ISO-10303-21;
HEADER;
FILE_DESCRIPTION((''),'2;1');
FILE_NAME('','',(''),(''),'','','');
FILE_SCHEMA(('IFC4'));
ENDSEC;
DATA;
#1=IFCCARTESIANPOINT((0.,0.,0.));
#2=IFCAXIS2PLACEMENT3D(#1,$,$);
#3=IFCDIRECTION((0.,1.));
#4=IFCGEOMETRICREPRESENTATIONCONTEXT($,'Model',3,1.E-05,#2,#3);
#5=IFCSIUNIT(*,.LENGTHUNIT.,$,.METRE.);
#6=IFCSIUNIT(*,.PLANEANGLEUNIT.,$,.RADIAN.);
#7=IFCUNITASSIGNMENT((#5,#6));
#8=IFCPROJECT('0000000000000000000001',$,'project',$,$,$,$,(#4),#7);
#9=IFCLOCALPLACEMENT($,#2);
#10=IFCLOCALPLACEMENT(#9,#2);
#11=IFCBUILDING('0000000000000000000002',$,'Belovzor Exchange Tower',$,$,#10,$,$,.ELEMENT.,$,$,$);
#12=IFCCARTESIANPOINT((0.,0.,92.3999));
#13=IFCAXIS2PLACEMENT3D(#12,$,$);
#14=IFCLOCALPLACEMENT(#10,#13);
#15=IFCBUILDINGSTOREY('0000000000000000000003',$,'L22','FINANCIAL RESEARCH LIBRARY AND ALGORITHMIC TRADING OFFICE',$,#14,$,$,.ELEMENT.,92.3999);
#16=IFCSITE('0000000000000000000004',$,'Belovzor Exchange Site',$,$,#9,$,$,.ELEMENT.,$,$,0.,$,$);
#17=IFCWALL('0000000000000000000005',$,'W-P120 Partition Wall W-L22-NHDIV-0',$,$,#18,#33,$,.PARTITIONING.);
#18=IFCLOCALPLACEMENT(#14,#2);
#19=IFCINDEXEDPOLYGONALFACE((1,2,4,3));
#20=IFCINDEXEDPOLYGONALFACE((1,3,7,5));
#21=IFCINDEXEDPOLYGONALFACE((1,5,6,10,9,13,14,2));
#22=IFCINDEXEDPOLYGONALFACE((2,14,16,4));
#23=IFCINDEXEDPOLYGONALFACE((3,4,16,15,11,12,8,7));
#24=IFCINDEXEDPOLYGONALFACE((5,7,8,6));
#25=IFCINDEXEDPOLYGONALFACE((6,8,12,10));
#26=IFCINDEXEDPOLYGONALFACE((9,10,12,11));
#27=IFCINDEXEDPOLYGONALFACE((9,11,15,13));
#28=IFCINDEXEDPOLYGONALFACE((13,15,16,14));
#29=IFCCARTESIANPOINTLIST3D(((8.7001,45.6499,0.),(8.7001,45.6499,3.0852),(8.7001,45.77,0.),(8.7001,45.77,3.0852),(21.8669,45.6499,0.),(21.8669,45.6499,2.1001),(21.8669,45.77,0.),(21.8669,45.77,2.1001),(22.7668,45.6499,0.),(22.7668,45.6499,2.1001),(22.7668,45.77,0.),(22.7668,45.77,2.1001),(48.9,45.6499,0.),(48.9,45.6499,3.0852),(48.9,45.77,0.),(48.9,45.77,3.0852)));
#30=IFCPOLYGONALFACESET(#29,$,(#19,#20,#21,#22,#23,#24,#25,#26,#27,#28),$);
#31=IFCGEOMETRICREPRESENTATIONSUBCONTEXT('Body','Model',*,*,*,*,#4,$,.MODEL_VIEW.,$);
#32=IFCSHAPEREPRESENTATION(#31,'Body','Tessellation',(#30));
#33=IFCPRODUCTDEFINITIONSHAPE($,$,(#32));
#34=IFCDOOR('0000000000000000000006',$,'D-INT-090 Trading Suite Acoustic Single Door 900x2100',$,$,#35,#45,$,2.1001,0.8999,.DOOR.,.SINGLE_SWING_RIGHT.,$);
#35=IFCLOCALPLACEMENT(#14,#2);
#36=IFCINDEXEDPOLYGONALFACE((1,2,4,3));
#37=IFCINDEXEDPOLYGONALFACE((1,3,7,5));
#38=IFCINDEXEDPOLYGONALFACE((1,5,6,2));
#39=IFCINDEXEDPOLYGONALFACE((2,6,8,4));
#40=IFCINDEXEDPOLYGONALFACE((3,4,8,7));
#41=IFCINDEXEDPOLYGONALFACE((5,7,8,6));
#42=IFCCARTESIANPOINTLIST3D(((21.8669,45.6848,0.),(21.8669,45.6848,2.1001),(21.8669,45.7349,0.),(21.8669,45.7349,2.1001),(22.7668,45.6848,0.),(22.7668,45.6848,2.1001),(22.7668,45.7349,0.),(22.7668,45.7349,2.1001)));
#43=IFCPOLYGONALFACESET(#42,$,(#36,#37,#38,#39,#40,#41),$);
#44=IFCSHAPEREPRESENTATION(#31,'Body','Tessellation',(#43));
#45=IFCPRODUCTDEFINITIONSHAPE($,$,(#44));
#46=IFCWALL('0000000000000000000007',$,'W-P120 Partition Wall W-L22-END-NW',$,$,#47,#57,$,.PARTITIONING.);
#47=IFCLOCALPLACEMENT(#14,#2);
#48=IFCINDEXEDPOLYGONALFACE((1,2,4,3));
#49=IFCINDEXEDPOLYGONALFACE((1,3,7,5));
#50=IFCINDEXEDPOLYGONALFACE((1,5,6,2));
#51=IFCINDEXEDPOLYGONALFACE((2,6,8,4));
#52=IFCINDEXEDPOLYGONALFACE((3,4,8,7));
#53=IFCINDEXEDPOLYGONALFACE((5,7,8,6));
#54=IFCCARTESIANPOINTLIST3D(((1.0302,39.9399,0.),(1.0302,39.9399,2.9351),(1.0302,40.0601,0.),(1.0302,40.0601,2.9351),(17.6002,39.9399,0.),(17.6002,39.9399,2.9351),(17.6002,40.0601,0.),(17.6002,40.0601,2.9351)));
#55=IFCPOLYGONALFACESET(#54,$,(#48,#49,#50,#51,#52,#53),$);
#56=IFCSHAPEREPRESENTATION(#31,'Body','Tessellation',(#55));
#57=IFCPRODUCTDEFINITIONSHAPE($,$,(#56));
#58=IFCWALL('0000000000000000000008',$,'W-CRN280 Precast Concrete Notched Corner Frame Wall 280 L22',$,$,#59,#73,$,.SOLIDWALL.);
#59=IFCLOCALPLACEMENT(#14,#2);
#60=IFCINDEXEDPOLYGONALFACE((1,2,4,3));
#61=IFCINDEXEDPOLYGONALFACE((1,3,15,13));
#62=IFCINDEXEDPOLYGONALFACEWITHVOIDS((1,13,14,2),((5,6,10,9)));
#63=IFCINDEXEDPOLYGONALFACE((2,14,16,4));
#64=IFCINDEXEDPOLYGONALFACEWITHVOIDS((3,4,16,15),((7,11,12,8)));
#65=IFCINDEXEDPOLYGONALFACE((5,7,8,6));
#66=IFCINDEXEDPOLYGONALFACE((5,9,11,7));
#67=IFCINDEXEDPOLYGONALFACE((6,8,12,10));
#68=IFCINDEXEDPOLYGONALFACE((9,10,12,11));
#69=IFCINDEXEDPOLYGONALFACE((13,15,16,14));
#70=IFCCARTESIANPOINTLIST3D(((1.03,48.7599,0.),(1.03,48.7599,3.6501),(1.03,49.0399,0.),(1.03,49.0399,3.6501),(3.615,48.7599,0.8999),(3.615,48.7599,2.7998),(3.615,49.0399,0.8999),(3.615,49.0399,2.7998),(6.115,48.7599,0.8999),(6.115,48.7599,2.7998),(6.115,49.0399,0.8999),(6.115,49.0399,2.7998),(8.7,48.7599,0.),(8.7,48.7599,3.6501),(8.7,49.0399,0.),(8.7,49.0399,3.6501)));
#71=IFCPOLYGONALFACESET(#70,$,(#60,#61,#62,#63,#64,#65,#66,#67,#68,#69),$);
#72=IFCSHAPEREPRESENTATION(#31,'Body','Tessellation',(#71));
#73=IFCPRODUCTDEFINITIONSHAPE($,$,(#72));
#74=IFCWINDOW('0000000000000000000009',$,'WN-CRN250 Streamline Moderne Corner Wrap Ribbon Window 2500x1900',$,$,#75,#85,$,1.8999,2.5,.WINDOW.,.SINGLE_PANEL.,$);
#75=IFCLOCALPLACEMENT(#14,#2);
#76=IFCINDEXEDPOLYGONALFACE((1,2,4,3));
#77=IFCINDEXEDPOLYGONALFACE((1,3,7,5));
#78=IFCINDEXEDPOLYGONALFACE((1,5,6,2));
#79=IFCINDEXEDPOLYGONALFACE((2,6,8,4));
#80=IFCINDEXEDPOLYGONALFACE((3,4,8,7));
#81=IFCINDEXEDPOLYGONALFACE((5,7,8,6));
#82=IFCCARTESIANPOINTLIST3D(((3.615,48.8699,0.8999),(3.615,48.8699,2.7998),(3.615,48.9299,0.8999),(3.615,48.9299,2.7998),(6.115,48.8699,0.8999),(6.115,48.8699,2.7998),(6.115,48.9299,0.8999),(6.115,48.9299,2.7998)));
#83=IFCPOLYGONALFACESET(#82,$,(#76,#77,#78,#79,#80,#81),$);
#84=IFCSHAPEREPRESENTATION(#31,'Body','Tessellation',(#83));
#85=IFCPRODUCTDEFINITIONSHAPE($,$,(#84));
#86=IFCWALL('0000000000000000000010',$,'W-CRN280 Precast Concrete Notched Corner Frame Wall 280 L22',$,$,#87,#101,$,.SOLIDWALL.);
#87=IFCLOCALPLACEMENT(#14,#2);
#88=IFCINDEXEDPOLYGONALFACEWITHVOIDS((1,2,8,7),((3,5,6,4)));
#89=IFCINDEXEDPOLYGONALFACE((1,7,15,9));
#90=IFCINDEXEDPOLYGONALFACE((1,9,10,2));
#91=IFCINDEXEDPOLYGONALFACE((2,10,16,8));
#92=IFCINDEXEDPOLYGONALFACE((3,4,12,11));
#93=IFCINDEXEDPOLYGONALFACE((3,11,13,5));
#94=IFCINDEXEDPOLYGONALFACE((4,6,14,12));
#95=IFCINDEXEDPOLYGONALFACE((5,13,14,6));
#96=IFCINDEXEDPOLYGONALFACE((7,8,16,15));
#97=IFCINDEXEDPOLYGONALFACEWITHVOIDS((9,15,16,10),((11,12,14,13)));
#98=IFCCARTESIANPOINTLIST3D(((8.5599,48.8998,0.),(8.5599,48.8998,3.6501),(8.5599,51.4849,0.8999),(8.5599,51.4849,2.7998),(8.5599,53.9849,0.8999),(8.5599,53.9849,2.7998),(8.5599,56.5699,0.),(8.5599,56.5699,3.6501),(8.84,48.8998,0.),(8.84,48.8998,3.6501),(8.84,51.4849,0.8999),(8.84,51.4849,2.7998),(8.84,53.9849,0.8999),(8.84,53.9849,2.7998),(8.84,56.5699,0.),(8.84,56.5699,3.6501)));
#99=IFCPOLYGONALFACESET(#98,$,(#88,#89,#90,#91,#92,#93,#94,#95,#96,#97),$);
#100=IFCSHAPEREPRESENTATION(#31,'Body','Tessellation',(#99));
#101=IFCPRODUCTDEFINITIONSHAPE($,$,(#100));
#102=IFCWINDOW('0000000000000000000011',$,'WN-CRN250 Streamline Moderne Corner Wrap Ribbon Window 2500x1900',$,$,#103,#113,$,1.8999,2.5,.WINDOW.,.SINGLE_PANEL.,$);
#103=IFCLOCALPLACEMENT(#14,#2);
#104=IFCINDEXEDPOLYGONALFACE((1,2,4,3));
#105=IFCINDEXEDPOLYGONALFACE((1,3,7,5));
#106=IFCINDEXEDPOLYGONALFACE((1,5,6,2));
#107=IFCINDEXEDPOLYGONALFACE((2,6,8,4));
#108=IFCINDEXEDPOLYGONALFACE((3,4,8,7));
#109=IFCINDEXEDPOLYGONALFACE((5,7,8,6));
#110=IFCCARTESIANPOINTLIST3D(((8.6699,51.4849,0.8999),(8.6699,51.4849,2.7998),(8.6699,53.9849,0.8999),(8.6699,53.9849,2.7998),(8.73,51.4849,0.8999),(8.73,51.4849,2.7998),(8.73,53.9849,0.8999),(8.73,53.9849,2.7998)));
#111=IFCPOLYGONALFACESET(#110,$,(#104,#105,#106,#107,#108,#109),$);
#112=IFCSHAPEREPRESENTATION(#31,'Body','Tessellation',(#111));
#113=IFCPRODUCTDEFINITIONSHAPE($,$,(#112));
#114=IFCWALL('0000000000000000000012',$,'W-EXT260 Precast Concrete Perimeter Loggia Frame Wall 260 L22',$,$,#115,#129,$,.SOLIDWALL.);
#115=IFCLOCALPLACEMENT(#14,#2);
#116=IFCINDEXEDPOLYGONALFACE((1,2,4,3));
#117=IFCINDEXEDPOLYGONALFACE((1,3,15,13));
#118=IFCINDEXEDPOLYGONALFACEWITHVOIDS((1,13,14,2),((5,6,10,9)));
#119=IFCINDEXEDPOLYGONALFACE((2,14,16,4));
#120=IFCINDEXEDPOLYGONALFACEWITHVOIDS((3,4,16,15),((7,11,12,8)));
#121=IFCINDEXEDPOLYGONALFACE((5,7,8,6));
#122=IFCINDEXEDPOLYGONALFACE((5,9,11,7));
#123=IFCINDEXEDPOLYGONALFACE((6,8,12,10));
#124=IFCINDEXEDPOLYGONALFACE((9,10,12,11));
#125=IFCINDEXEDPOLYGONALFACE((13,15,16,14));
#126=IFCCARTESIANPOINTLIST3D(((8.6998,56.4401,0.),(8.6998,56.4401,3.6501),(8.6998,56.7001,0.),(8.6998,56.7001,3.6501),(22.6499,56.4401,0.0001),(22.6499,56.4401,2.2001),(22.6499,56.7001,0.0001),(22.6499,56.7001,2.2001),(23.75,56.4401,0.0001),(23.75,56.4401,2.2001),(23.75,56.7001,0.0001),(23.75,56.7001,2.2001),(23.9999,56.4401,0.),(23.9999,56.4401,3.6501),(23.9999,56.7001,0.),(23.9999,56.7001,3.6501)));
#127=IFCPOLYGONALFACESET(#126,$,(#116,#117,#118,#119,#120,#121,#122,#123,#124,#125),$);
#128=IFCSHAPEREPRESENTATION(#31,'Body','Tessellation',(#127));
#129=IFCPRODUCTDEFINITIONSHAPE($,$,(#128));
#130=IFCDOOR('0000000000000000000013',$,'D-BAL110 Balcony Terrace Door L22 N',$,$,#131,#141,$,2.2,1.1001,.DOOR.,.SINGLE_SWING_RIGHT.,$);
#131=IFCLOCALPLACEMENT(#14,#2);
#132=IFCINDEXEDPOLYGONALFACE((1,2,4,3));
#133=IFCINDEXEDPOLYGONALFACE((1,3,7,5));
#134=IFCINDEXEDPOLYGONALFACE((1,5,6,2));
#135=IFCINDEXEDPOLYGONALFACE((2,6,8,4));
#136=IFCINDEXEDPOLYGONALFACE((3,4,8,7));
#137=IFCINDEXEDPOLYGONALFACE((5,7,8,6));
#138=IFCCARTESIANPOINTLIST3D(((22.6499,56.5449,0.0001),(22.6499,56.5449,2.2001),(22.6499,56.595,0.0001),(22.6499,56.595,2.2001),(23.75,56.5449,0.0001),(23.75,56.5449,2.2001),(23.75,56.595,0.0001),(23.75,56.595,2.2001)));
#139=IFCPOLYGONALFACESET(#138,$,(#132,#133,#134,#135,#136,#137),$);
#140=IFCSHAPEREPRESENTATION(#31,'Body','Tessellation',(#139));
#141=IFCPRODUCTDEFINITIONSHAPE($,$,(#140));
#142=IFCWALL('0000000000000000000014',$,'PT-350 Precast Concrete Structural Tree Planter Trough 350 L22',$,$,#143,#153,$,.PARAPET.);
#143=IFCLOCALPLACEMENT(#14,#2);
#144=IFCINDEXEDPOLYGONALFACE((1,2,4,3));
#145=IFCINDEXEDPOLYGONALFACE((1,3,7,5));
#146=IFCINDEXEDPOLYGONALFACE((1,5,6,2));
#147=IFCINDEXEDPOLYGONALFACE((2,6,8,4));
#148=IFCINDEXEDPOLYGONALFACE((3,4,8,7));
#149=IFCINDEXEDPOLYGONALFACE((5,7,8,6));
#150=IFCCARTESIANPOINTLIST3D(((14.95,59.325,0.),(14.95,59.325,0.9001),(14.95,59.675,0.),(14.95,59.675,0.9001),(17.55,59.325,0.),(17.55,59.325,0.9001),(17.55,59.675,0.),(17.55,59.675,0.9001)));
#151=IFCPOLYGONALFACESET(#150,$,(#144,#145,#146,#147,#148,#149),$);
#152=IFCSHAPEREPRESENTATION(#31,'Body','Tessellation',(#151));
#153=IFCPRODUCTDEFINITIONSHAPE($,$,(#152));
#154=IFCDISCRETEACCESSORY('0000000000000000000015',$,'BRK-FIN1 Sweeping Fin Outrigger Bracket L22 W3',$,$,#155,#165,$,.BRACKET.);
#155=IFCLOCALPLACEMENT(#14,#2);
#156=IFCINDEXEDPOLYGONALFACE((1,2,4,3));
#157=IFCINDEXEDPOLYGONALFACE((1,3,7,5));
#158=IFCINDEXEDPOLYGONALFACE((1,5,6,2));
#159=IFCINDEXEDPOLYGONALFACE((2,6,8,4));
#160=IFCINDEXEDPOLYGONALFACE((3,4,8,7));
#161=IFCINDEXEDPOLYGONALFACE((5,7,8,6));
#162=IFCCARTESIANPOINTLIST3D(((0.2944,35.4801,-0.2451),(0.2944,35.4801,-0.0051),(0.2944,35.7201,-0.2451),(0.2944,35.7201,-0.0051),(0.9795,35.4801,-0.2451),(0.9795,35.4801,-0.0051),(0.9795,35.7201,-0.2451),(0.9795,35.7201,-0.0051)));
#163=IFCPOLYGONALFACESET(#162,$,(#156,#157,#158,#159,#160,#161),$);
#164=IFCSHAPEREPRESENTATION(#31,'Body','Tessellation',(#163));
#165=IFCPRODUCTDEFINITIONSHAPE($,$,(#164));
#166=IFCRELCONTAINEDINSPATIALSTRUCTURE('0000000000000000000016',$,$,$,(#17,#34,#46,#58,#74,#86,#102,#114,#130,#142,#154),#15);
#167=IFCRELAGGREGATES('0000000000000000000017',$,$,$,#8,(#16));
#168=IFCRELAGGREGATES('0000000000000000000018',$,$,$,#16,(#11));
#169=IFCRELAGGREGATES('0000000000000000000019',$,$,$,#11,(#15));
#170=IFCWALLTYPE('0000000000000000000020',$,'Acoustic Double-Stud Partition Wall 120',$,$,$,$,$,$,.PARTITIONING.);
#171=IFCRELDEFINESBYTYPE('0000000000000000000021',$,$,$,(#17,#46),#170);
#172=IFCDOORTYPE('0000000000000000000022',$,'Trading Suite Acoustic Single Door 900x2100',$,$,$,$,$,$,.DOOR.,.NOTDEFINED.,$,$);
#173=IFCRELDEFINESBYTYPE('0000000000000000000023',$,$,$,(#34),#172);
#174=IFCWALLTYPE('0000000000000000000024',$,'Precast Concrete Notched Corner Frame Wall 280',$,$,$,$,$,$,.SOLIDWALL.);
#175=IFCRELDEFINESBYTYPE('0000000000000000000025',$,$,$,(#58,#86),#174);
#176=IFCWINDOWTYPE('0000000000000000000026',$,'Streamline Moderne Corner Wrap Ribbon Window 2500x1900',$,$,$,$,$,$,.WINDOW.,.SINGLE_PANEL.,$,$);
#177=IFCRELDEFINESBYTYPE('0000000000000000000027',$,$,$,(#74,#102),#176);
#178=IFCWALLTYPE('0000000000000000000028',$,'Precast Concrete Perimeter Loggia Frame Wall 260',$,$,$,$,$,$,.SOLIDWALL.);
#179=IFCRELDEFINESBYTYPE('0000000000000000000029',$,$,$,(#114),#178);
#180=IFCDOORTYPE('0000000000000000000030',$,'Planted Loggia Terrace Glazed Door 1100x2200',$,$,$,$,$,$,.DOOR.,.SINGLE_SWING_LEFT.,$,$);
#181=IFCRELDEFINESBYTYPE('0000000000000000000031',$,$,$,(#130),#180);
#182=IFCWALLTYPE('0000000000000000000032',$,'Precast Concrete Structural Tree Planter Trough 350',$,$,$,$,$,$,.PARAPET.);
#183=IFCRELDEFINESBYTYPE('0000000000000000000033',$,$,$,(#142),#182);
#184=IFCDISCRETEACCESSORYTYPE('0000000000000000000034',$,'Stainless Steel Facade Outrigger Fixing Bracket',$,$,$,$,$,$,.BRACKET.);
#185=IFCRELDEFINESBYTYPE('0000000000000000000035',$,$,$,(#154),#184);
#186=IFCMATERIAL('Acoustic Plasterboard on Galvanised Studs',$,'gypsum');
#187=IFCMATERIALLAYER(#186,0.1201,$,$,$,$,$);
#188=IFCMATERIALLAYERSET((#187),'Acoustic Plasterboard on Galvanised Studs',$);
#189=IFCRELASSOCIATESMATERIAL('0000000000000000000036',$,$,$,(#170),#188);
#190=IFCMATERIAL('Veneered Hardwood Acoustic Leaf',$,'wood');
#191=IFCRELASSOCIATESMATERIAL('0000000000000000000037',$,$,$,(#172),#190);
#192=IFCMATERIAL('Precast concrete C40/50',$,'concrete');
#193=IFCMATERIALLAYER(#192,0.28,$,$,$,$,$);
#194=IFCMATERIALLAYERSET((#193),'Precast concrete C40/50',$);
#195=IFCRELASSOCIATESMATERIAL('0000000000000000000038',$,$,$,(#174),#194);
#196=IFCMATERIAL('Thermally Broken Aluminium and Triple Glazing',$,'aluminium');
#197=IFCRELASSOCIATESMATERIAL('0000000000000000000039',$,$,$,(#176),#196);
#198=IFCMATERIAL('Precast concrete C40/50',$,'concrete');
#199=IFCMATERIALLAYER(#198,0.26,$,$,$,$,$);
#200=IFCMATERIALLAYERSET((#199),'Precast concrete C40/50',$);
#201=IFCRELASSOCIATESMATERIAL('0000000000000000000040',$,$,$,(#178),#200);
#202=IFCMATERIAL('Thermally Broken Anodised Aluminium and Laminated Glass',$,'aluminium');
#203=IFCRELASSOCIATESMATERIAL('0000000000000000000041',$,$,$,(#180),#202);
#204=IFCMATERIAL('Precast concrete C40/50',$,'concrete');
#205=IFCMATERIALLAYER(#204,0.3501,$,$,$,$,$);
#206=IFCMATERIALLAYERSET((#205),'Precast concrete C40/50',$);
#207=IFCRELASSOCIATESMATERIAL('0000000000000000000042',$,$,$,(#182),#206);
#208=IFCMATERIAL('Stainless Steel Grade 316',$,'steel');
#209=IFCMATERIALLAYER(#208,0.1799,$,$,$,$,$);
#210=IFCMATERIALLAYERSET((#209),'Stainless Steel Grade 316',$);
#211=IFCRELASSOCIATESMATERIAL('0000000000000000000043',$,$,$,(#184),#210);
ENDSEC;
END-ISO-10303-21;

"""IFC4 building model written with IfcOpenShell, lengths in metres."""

from ifc_helpers import new_model, si_unit, direction, frame, frame_2d, origin, origin_2d, place, context, subcontext, project, spatial, rectangle, extrude, material, layer, layer_set, type_object, element, fill, save


model = new_model("IFC4")

# Units and contexts
model_context = context("Model", 3, precision=1e-05, world=origin(), true_north=direction((0.0, 1.0)))
body_context = subcontext(model_context, "Body", "Model", "MODEL_VIEW")
ifc_project = project(units=[si_unit("LENGTHUNIT", "METRE"), si_unit("PLANEANGLEUNIT", "RADIAN")], contexts=[model_context])

# Site, building, storey
site_placement = place(None, origin())
site = spatial("IfcSite", under=ifc_project, at=site_placement, Name="Belovzor Exchange Site", CompositionType="ELEMENT", RefElevation=0.0)
building_placement = place(site_placement, origin())
building = spatial("IfcBuilding", under=site, at=building_placement, Name="Belovzor Exchange Tower", CompositionType="ELEMENT")
storey_placement = place(building_placement, frame((0.0, 0.0, 92.3999)))
storey = spatial("IfcBuildingStorey", under=building, at=storey_placement, Name="L22", Description="FINANCIAL RESEARCH LIBRARY AND ALGORITHMIC TRADING OFFICE", CompositionType="ELEMENT", Elevation=92.3999)

# Wall, opening, door
ifc_material_1 = material(Name="Acoustic Plasterboard on Galvanised Studs", Category="gypsum")
ifc_layer_1 = layer(ifc_material_1, 0.1201)
ifc_layer_set_1 = layer_set([ifc_layer_1], Name="Acoustic Plasterboard on Galvanised Studs")
wall_type_1 = type_object("IfcWallType", Name="Acoustic Double-Stud Partition Wall 120", PredefinedType="PARTITIONING", material=ifc_layer_set_1)
wall_1_placement = place(storey_placement, frame((8.7, 45.71, 0.0), z_axis=(0.0, 0.0, 1.0), x_axis=(1.0, 0.0, 0.0)))
wall_1 = element("IfcWall", 1, at=wall_1_placement, inside=storey, type_object=wall_type_1, Name="W-P120 Partition Wall W-L22-NHDIV-0", PredefinedType="PARTITIONING", context=body_context, shape_type="SweptSolid", body=[
    extrude(rectangle(XDim=40.2, YDim=0.1201, at=frame_2d((20.1001, 0.0))), origin(), (0.0, 0.0, 1.0), 3.0852),
])
opening_1_placement = place(wall_1_placement, frame((13.167, 0.0, 0.0)))
opening_1 = element("IfcOpeningElement", 2, at=opening_1_placement, cuts=wall_1, PredefinedType="OPENING", context=body_context, shape_type="SweptSolid", body=[
    extrude(rectangle(XDim=0.8999, YDim=2.1001, at=frame_2d((0.45, 1.05))), frame((0.0, 0.0701, 0.0), z_axis=(0.0, -1.0, 0.0), x_axis=(1.0, 0.0, 0.0)), (0.0, 0.0, 1.0), 0.1401),
])
ifc_material_2 = material(Name="Veneered Hardwood Acoustic Leaf", Category="wood")
door_type_1 = type_object("IfcDoorType", Name="Trading Suite Acoustic Single Door 900x2100", OperationType="NOTDEFINED", PredefinedType="DOOR", material=ifc_material_2)
door_1_placement = place(opening_1_placement, origin())
door_1 = element("IfcDoor", 3, at=door_1_placement, inside=storey, type_object=door_type_1, Name="D-INT-090 Trading Suite Acoustic Single Door 900x2100", OperationType="SINGLE_SWING_RIGHT", OverallHeight=2.1001, OverallWidth=0.8999, PredefinedType="DOOR", context=body_context, shape_type="SweptSolid", body=[
    extrude(rectangle(XDim=0.8999, YDim=2.1001, at=frame_2d((0.45, 1.05))), frame((0.0, 0.0249, 0.0), z_axis=(0.0, -1.0, 0.0), x_axis=(1.0, 0.0, 0.0)), (0.0, 0.0, 1.0), 0.05),
])
fill(opening_1, door_1)

# Wall
wall_2_placement = place(storey_placement, frame((1.03, 40.0, 0.0), z_axis=(0.0, 0.0, 1.0), x_axis=(1.0, 0.0, 0.0)))
element("IfcWall", 4, at=wall_2_placement, inside=storey, type_object=wall_type_1, Name="W-P120 Partition Wall W-L22-END-NW", PredefinedType="PARTITIONING", context=body_context, shape_type="SweptSolid", body=[
    extrude(rectangle(XDim=16.5701, YDim=0.1201, at=frame_2d((8.2852, 0.0))), origin(), (0.0, 0.0, 1.0), 2.9351),
])

# Walls, openings, windows
ifc_material_3 = material(Name="Precast concrete C40/50", Category="concrete")
ifc_layer_2 = layer(ifc_material_3, 0.28)
ifc_layer_set_2 = layer_set([ifc_layer_2], Name="Precast concrete C40/50")
wall_type_2 = type_object("IfcWallType", Name="Precast Concrete Notched Corner Frame Wall 280", PredefinedType="SOLIDWALL", material=ifc_layer_set_2)
wall_3_placement = place(storey_placement, frame((1.03, 48.8999, 0.0), z_axis=(0.0, 0.0, 1.0), x_axis=(1.0, 0.0, 0.0)))
wall_3 = element("IfcWall", 5, at=wall_3_placement, inside=storey, type_object=wall_type_2, Name="W-CRN280 Precast Concrete Notched Corner Frame Wall 280 L22", PredefinedType="SOLIDWALL", context=body_context, shape_type="SweptSolid", body=[
    extrude(rectangle(XDim=7.6699, YDim=0.28, at=frame_2d((3.835, 0.0))), origin(), (0.0, 0.0, 1.0), 3.6501),
])
opening_2_placement = place(wall_3_placement, frame((2.585, 0.0, 0.8999)))
opening_2 = element("IfcOpeningElement", 6, at=opening_2_placement, cuts=wall_3, PredefinedType="OPENING", context=body_context, shape_type="SweptSolid", body=[
    extrude(rectangle(XDim=2.5, YDim=1.8999, at=frame_2d((1.25, 0.95))), frame((0.0, 0.1499, 0.0), z_axis=(0.0, -1.0, 0.0), x_axis=(1.0, 0.0, 0.0)), (0.0, 0.0, 1.0), 0.3),
])
ifc_material_4 = material(Name="Thermally Broken Aluminium and Triple Glazing", Category="aluminium")
window_type = type_object("IfcWindowType", Name="Streamline Moderne Corner Wrap Ribbon Window 2500x1900", PartitioningType="SINGLE_PANEL", PredefinedType="WINDOW", material=ifc_material_4)
window_1_placement = place(opening_2_placement, origin())
window_1 = element("IfcWindow", 7, at=window_1_placement, inside=storey, type_object=window_type, Name="WN-CRN250 Streamline Moderne Corner Wrap Ribbon Window 2500x1900", OverallHeight=1.8999, OverallWidth=2.5, PartitioningType="SINGLE_PANEL", PredefinedType="WINDOW", context=body_context, shape_type="SweptSolid", body=[
    extrude(rectangle(XDim=2.5, YDim=1.8999, at=frame_2d((1.25, 0.95))), frame((0.0, 0.03, 0.0), z_axis=(0.0, -1.0, 0.0), x_axis=(1.0, 0.0, 0.0)), (0.0, 0.0, 1.0), 0.0601),
])
fill(opening_2, window_1)
wall_4_placement = place(storey_placement, frame((8.7, 48.8999, 0.0), z_axis=(0.0, 0.0, 1.0), x_axis=(0.0, 1.0, 0.0)))
wall_4 = element("IfcWall", 8, at=wall_4_placement, inside=storey, type_object=wall_type_2, Name="W-CRN280 Precast Concrete Notched Corner Frame Wall 280 L22", PredefinedType="SOLIDWALL", context=body_context, shape_type="SweptSolid", body=[
    extrude(rectangle(XDim=7.6702, YDim=0.28, at=frame_2d((3.835, 0.0))), origin(), (0.0, 0.0, 1.0), 3.6501),
])
opening_3_placement = place(wall_4_placement, frame((2.585, 0.0, 0.8999)))
opening_3 = element("IfcOpeningElement", 9, at=opening_3_placement, cuts=wall_4, PredefinedType="OPENING", context=body_context, shape_type="SweptSolid", body=[
    extrude(rectangle(XDim=2.5, YDim=1.8999, at=frame_2d((1.25, 0.95))), frame((0.0, 0.1499, 0.0), z_axis=(0.0, -1.0, 0.0), x_axis=(1.0, 0.0, 0.0)), (0.0, 0.0, 1.0), 0.3),
])
window_2_placement = place(opening_3_placement, origin())
window_2 = element("IfcWindow", 10, at=window_2_placement, inside=storey, type_object=window_type, Name="WN-CRN250 Streamline Moderne Corner Wrap Ribbon Window 2500x1900", OverallHeight=1.8999, OverallWidth=2.5, PartitioningType="SINGLE_PANEL", PredefinedType="WINDOW", context=body_context, shape_type="SweptSolid", body=[
    extrude(rectangle(XDim=2.5, YDim=1.8999, at=frame_2d((1.25, 0.95))), frame((0.0, 0.03, 0.0), z_axis=(0.0, -1.0, 0.0), x_axis=(1.0, 0.0, 0.0)), (0.0, 0.0, 1.0), 0.0601),
])
fill(opening_3, window_2)

# Wall, opening, door
ifc_material_5 = material(Name="Precast concrete C40/50", Category="concrete")
ifc_layer_3 = layer(ifc_material_5, 0.26)
ifc_layer_set_3 = layer_set([ifc_layer_3], Name="Precast concrete C40/50")
wall_type_3 = type_object("IfcWallType", Name="Precast Concrete Perimeter Loggia Frame Wall 260", PredefinedType="SOLIDWALL", material=ifc_layer_set_3)
wall_5_placement = place(storey_placement, frame((8.7, 56.5701, 0.0), z_axis=(0.0, 0.0, 1.0), x_axis=(1.0, 0.0, 0.0)))
wall_5 = element("IfcWall", 11, at=wall_5_placement, inside=storey, type_object=wall_type_3, Name="W-EXT260 Precast Concrete Perimeter Loggia Frame Wall 260 L22", PredefinedType="SOLIDWALL", context=body_context, shape_type="SweptSolid", body=[
    extrude(rectangle(XDim=15.3, YDim=0.26, at=frame_2d((7.6499, 0.0))), origin(), (0.0, 0.0, 1.0), 3.6501),
])
opening_4_placement = place(wall_5_placement, frame((13.95, 0.0, 0.0)))
opening_4 = element("IfcOpeningElement", 12, at=opening_4_placement, cuts=wall_5, PredefinedType="OPENING", context=body_context, shape_type="SweptSolid", body=[
    extrude(rectangle(XDim=1.1001, YDim=2.2, at=frame_2d((0.55, 1.1001))), frame((0.0, 0.1399, 0.0), z_axis=(0.0, -1.0, 0.0), x_axis=(1.0, 0.0, 0.0)), (0.0, 0.0, 1.0), 0.28),
])
ifc_material_6 = material(Name="Thermally Broken Anodised Aluminium and Laminated Glass", Category="aluminium")
door_type_2 = type_object("IfcDoorType", Name="Planted Loggia Terrace Glazed Door 1100x2200", OperationType="SINGLE_SWING_LEFT", PredefinedType="DOOR", material=ifc_material_6)
door_2_placement = place(opening_4_placement, origin())
door_2 = element("IfcDoor", 13, at=door_2_placement, inside=storey, type_object=door_type_2, Name="D-BAL110 Balcony Terrace Door L22 N", OperationType="SINGLE_SWING_RIGHT", OverallHeight=2.2, OverallWidth=1.1001, PredefinedType="DOOR", context=body_context, shape_type="SweptSolid", body=[
    extrude(rectangle(XDim=1.1001, YDim=2.2, at=frame_2d((0.55, 1.1001))), frame((0.0, 0.0249, 0.0), z_axis=(0.0, -1.0, 0.0), x_axis=(1.0, 0.0, 0.0)), (0.0, 0.0, 1.0), 0.05),
])
fill(opening_4, door_2)

# Wall
ifc_material_7 = material(Name="Precast concrete C40/50", Category="concrete")
ifc_layer_4 = layer(ifc_material_7, 0.3501)
ifc_layer_set_4 = layer_set([ifc_layer_4], Name="Precast concrete C40/50")
wall_type_4 = type_object("IfcWallType", Name="Precast Concrete Structural Tree Planter Trough 350", PredefinedType="PARAPET", material=ifc_layer_set_4)
wall_6_placement = place(storey_placement, frame((14.95, 59.5, 0.0), z_axis=(0.0, 0.0, 1.0), x_axis=(1.0, 0.0, 0.0)))
element("IfcWall", 14, at=wall_6_placement, inside=storey, type_object=wall_type_4, Name="PT-350 Precast Concrete Structural Tree Planter Trough 350 L22", PredefinedType="PARAPET", context=body_context, shape_type="SweptSolid", body=[
    extrude(rectangle(XDim=2.6001, YDim=0.3501, at=frame_2d((1.3, 0.0))), origin(), (0.0, 0.0, 1.0), 0.9001),
])

# Discrete accessory
ifc_material_8 = material(Name="Stainless Steel Grade 316", Category="steel")
ifc_layer_5 = layer(ifc_material_8, 0.1799)
ifc_layer_set_5 = layer_set([ifc_layer_5], Name="Stainless Steel Grade 316")
discrete_accessory_type = type_object("IfcDiscreteAccessoryType", Name="Stainless Steel Facade Outrigger Fixing Bracket", PredefinedType="BRACKET", material=ifc_layer_set_5)
for number, where, z_axis, x_axis, name in (
    (15, (0.637, 35.6001, -0.2451), (0.0, 0.0, 1.0), (1.0, 0.0, 0.0), "BRK-FIN1 Sweeping Fin Outrigger Bracket L22 W3"),
):
    element("IfcDiscreteAccessory", number, at=place(storey_placement, frame(where, z_axis=z_axis, x_axis=x_axis)), inside=storey, type_object=discrete_accessory_type, Name=name, PredefinedType="BRACKET", context=body_context, shape_type="SweptSolid", body=[
        extrude(rectangle(XDim=0.6851, YDim=0.24, at=origin_2d()), origin(), (0.0, 0.0, 1.0), 0.24),
    ])

save(model, "model.ifc")
